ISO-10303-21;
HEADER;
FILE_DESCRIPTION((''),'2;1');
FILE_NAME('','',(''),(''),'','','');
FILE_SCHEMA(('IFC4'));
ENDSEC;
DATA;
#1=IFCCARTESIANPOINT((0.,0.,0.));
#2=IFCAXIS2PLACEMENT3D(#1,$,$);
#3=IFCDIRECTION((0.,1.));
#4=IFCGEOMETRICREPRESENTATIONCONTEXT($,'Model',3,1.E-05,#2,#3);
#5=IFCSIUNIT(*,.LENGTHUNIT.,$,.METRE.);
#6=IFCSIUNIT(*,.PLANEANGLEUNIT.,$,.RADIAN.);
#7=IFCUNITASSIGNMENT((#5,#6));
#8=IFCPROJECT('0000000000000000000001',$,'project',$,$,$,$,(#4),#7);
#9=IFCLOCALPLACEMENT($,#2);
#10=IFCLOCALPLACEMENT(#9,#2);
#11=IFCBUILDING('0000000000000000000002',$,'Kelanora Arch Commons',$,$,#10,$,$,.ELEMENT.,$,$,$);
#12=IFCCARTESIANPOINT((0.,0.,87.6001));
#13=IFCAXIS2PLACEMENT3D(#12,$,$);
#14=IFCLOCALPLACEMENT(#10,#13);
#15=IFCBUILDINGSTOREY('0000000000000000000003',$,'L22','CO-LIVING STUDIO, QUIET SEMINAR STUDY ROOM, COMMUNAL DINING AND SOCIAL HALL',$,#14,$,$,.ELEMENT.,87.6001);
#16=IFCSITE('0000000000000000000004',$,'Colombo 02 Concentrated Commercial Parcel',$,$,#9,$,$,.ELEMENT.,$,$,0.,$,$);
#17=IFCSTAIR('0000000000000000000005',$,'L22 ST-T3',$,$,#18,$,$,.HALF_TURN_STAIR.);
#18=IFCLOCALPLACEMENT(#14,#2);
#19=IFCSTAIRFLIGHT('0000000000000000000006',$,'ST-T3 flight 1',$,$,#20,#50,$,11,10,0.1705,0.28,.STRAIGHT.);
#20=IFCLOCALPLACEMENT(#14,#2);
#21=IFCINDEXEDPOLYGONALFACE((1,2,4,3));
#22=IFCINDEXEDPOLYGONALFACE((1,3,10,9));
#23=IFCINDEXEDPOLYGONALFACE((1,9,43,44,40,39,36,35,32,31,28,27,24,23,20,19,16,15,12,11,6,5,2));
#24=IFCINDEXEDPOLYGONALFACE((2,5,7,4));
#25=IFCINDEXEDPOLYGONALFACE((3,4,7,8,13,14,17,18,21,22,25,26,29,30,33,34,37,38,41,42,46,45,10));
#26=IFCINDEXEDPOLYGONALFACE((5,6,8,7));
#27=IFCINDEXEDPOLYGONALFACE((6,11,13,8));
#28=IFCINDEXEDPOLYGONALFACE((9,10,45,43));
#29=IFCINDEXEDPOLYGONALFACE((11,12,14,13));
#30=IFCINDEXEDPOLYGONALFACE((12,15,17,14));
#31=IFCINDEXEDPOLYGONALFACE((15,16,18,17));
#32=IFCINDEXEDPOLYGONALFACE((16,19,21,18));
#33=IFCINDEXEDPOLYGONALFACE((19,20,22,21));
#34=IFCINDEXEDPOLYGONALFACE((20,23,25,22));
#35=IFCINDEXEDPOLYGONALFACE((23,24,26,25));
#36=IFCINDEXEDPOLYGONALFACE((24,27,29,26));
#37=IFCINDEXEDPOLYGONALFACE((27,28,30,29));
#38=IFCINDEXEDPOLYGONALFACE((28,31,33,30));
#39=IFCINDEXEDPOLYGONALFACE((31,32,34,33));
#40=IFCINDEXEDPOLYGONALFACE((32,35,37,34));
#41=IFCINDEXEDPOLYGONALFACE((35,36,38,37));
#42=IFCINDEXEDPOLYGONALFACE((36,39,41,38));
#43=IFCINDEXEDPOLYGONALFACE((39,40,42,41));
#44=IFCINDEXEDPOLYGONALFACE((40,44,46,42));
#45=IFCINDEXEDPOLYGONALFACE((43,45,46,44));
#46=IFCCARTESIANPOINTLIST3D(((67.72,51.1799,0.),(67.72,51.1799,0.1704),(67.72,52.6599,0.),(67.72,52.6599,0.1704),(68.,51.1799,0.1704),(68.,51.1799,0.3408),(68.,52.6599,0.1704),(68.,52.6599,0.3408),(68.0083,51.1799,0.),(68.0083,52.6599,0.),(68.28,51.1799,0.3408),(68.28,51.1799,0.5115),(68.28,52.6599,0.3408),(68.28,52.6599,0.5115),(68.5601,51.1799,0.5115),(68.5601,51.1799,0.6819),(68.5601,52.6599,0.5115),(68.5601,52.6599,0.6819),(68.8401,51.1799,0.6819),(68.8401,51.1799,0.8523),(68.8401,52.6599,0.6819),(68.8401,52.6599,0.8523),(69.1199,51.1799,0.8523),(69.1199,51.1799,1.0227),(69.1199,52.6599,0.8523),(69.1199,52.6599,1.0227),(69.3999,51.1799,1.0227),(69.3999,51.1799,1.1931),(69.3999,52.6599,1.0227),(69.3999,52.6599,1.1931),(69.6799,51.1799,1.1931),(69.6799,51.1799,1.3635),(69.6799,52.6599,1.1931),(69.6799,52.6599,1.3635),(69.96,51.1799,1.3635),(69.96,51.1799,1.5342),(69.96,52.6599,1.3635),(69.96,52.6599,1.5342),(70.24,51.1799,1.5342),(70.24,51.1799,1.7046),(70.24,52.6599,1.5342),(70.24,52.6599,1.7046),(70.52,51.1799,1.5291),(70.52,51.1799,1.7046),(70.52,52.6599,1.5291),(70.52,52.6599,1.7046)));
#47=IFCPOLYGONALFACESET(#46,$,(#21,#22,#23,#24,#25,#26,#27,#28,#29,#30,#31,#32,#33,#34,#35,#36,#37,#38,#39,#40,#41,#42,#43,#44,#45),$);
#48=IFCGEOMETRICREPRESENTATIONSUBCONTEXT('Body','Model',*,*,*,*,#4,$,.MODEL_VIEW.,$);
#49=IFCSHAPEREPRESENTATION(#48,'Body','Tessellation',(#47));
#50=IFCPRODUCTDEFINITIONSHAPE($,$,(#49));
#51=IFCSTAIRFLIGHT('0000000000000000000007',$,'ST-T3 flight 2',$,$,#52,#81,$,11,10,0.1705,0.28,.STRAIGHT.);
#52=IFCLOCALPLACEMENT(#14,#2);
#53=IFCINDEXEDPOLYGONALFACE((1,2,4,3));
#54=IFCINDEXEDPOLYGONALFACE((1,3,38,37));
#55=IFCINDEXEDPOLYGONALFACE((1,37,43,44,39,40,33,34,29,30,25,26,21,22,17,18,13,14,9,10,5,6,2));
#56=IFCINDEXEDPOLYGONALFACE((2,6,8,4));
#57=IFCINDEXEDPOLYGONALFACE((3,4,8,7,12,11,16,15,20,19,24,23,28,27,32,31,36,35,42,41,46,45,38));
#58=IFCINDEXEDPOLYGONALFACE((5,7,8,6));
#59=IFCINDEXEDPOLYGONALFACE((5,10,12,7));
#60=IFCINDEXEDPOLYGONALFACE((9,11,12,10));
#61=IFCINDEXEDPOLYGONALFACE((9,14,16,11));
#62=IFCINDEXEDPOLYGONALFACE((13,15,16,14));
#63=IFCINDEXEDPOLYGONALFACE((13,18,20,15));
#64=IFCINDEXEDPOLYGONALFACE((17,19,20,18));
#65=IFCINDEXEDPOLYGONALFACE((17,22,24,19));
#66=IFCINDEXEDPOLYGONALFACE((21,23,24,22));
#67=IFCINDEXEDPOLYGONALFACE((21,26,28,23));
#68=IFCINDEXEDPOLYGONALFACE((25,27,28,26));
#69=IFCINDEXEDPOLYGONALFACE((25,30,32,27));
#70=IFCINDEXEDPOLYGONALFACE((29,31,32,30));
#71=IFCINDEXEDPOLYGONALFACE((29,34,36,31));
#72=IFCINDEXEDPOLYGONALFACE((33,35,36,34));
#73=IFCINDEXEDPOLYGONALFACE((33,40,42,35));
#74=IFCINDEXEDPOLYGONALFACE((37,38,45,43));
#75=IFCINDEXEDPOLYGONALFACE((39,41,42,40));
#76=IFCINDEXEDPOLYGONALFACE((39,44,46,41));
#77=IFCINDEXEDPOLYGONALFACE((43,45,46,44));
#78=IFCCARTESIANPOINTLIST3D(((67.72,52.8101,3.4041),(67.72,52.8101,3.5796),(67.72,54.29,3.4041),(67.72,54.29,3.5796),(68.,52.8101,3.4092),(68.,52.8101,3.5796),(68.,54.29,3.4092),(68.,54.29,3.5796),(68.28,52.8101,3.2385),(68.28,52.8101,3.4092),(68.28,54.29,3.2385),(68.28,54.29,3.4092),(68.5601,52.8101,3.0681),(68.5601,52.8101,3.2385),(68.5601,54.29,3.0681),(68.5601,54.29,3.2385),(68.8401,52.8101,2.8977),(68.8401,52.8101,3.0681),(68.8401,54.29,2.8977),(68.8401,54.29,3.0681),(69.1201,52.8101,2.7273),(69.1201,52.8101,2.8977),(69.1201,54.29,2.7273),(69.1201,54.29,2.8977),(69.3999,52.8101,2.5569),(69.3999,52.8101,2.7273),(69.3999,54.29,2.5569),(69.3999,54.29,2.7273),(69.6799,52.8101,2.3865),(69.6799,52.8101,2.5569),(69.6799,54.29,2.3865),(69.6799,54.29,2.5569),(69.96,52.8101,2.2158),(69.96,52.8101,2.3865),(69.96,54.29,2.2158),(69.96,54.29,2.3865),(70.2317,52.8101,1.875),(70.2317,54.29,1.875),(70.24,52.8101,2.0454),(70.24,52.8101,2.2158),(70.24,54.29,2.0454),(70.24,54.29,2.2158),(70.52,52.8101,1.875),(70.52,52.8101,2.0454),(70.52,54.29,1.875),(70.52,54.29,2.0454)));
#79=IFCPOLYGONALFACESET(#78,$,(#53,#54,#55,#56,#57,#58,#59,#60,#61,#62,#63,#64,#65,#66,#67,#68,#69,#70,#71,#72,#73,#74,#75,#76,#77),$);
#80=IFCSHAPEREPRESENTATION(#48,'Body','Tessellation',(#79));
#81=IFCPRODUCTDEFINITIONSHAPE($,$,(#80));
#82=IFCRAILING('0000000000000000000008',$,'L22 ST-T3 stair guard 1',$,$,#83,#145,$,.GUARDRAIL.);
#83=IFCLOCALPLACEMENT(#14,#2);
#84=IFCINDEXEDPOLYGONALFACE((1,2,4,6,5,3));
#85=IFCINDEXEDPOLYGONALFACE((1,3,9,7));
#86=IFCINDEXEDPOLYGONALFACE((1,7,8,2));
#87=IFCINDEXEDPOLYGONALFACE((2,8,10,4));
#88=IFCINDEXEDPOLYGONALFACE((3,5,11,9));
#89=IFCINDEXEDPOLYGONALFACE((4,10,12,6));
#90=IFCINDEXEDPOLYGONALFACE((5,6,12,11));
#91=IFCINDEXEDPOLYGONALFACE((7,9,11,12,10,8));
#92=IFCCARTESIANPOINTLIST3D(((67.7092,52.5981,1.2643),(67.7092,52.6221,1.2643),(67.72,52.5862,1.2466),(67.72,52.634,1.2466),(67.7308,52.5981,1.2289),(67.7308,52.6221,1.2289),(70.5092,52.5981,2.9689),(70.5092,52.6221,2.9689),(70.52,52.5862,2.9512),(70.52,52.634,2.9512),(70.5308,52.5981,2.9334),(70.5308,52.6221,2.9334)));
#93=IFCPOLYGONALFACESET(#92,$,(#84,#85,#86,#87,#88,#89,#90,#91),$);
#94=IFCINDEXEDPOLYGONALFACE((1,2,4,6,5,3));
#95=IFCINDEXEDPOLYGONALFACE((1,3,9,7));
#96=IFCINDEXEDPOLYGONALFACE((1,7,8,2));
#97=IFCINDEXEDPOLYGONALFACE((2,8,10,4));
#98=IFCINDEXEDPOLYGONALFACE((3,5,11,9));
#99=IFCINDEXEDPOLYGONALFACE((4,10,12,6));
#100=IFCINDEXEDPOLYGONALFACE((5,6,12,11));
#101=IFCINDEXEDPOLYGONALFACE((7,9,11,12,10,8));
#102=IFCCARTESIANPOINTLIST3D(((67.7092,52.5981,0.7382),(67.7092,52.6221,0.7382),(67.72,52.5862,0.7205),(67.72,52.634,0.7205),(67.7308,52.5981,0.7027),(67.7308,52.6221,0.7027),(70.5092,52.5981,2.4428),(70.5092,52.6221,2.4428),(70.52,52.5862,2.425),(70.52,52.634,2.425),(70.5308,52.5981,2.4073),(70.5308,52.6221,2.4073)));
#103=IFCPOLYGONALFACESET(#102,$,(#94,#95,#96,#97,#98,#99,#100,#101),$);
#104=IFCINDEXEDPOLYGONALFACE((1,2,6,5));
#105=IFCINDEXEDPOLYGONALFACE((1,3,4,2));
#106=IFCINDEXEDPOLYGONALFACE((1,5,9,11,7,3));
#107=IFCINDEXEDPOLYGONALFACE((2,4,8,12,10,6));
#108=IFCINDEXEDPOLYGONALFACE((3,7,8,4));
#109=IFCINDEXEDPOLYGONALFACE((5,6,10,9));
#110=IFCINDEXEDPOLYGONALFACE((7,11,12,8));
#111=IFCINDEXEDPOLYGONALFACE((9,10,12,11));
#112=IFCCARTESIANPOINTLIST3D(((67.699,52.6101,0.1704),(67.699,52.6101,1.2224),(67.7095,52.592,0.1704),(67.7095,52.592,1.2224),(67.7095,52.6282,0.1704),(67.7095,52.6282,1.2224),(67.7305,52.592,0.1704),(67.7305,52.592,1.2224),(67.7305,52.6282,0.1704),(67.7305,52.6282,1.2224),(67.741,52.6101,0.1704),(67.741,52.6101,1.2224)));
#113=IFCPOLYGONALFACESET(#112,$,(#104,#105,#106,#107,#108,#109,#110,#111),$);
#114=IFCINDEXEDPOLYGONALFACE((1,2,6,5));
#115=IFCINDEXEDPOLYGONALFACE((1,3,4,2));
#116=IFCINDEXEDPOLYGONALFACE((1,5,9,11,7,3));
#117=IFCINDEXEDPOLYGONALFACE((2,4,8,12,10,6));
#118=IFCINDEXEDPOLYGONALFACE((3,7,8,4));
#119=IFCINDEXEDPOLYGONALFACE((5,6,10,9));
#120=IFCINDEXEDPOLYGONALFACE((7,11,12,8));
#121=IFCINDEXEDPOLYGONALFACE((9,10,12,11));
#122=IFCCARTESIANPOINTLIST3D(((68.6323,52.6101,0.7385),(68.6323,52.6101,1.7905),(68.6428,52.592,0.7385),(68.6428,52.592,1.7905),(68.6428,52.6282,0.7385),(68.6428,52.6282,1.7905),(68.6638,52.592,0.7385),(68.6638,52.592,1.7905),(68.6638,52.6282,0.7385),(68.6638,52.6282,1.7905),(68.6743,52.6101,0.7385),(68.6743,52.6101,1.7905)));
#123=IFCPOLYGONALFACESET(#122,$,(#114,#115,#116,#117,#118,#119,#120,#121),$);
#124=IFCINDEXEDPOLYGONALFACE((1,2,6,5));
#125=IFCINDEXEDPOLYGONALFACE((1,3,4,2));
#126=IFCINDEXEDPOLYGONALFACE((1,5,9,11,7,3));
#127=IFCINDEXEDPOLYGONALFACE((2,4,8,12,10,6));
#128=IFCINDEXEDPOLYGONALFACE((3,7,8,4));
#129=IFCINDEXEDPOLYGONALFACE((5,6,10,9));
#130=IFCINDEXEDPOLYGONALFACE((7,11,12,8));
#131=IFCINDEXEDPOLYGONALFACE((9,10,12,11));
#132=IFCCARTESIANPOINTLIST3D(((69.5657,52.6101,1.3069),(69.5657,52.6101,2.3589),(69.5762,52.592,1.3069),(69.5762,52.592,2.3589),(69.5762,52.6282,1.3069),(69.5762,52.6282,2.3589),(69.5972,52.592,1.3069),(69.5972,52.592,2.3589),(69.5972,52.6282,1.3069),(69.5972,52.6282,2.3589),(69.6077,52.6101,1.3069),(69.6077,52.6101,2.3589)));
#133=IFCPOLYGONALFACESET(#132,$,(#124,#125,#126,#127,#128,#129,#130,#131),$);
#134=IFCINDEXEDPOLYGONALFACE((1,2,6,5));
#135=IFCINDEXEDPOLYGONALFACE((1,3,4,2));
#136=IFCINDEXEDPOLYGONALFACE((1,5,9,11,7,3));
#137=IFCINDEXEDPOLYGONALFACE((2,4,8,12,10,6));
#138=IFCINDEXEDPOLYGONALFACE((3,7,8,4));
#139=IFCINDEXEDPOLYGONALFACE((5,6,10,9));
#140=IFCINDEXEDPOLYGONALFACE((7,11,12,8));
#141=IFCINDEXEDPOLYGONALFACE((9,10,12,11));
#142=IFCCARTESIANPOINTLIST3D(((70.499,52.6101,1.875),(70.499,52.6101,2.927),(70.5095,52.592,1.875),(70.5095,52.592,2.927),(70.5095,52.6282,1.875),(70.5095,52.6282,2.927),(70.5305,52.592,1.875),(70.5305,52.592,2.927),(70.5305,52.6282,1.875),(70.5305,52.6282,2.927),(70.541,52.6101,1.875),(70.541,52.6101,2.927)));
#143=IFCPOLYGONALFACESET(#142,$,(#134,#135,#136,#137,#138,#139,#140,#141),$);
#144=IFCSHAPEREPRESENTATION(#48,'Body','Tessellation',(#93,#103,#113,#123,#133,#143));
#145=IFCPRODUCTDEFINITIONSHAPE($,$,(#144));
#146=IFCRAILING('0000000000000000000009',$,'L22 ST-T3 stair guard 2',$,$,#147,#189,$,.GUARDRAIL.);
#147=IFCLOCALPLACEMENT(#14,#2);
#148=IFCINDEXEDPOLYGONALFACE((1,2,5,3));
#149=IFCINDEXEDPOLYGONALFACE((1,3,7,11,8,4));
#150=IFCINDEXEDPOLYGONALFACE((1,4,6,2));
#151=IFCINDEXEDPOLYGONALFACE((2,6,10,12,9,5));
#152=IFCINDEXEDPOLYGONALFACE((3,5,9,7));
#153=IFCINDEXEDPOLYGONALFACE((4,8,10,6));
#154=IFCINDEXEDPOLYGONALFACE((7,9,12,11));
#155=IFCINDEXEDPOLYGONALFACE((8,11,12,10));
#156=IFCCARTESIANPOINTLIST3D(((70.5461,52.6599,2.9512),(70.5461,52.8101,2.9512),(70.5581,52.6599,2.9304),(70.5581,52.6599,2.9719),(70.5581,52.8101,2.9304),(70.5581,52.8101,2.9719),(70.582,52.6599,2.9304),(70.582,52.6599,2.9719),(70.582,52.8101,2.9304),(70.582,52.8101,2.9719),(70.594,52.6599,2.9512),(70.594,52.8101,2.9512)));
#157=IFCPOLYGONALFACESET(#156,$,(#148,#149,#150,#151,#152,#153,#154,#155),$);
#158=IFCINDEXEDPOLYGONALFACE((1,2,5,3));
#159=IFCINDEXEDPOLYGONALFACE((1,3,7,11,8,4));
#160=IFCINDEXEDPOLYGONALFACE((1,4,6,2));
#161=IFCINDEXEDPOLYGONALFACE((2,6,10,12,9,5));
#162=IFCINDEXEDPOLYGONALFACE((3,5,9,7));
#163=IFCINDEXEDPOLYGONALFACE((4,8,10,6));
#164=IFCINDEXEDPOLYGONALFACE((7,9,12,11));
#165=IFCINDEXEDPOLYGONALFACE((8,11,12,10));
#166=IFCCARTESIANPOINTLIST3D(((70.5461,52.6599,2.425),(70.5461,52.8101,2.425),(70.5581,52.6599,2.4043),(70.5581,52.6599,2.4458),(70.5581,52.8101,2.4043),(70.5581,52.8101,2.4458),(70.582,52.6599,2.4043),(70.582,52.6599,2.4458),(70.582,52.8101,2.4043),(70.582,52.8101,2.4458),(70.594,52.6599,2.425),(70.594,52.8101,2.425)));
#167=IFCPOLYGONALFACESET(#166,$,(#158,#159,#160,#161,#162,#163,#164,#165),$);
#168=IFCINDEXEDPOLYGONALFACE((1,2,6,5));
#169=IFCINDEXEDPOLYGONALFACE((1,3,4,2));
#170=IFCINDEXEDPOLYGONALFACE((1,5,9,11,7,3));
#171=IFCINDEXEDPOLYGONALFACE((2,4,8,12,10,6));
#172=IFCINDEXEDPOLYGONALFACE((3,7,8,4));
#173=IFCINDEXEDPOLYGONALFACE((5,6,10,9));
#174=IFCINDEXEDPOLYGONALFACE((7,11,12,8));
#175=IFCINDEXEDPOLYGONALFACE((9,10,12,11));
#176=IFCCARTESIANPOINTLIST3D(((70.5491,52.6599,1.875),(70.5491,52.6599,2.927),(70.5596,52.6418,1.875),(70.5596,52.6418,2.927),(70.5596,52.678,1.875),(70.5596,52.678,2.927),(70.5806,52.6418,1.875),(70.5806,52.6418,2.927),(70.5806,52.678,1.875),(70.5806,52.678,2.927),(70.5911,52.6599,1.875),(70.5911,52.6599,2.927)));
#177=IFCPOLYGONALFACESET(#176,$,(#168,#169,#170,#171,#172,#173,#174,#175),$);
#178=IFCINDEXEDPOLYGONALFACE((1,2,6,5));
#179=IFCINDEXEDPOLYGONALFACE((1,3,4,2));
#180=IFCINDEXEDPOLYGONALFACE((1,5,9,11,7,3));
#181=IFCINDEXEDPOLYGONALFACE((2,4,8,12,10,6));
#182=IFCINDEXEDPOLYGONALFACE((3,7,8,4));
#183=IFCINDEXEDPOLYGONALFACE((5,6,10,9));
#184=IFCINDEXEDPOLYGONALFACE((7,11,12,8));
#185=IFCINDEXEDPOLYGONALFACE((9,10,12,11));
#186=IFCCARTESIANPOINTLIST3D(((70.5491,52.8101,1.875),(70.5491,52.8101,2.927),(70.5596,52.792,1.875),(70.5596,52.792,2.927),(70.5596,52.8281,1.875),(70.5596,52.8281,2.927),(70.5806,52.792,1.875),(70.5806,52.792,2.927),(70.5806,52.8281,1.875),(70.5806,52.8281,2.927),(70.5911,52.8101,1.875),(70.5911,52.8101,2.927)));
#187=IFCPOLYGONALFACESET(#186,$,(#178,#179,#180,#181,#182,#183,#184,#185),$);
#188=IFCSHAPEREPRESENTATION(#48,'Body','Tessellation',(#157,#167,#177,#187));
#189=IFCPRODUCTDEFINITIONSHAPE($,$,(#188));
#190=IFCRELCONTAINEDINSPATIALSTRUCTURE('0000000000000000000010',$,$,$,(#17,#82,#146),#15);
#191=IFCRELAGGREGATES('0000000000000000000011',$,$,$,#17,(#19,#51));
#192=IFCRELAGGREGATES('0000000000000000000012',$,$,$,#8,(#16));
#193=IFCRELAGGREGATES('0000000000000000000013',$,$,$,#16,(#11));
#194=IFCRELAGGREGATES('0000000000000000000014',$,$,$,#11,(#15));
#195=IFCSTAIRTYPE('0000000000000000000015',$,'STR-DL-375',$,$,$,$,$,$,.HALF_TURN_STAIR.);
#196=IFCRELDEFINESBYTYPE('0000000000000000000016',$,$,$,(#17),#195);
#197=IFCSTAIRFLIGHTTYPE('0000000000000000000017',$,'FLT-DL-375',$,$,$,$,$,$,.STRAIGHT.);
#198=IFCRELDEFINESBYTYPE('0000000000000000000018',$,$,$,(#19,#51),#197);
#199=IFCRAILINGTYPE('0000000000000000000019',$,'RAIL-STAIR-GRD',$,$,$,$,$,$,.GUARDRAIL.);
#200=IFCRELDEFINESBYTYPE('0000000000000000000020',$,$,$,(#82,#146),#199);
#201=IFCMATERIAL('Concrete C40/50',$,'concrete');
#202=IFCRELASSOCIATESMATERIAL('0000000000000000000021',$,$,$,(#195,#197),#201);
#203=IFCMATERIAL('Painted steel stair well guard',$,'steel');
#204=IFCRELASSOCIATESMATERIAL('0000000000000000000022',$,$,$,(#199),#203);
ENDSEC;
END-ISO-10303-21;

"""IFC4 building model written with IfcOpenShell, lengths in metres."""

from ifc_helpers import new_model, si_unit, direction, frame, origin, place, context, subcontext, project, spatial, polyline, outline, extrude, material, type_object, element, aggregate, save


model = new_model("IFC4")

# Units and contexts
model_context = context("Model", 3, precision=1e-05, world=origin(), true_north=direction((0.0, 1.0)))
body_context = subcontext(model_context, "Body", "Model", "MODEL_VIEW")
ifc_project = project(units=[si_unit("LENGTHUNIT", "METRE"), si_unit("PLANEANGLEUNIT", "RADIAN")], contexts=[model_context])

# Site, building, storey
site_placement = place(None, origin())
site = spatial("IfcSite", under=ifc_project, at=site_placement, Name="Colombo 02 Concentrated Commercial Parcel", CompositionType="ELEMENT", RefElevation=0.0)
building_placement = place(site_placement, origin())
building = spatial("IfcBuilding", under=site, at=building_placement, Name="Kelanora Arch Commons", CompositionType="ELEMENT")
storey_placement = place(building_placement, frame((0.0, 0.0, 87.6001)))
storey = spatial("IfcBuildingStorey", under=building, at=storey_placement, Name="L22", Description="CO-LIVING STUDIO, QUIET SEMINAR STUDY ROOM, COMMUNAL DINING AND SOCIAL HALL", CompositionType="ELEMENT", Elevation=87.6001)

# Shared definitions
ifc_material_1 = material(Name="Concrete C40/50", Category="concrete")

# Stair, stair flights
stair_type = type_object("IfcStairType", Name="STR-DL-375", PredefinedType="HALF_TURN_STAIR", material=ifc_material_1)
stair_placement = place(storey_placement, origin())
stair = element("IfcStair", 1, at=stair_placement, inside=storey, type_object=stair_type, Name="L22 ST-T3", PredefinedType="HALF_TURN_STAIR")
stair_flight_type = type_object("IfcStairFlightType", Name="FLT-DL-375", PredefinedType="STRAIGHT", material=ifc_material_1)
stair_flight_1_placement = place(storey_placement, frame((67.72, 51.9199, 0.0), z_axis=(0.0, 0.0, 1.0), x_axis=(1.0, 0.0, 0.0)))
stair_flight_1 = element("IfcStairFlight", 2, at=stair_flight_1_placement, type_object=stair_flight_type, Name="ST-T3 flight 1", NumberOfRisers=11, NumberOfTreads=10, PredefinedType="STRAIGHT", RiserHeight=0.1705, TreadLength=0.28, context=body_context, shape_type="SweptSolid", body=[
    extrude(outline(polyline([(0.0, 0.0), (0.0, 0.1704), (0.28, 0.1704), (0.28, 0.3408), (0.5601, 0.3408), (0.5601, 0.5115), (0.8401, 0.5115), (0.8401, 0.6819), (1.1201, 0.6819), (1.1201, 0.8523), (1.3999, 0.8523), (1.3999, 1.0227), (1.6799, 1.0227), (1.6799, 1.1931), (1.96, 1.1931), (1.96, 1.3635), (2.24, 1.3635), (2.24, 1.5342), (2.52, 1.5342), (2.52, 1.7046), (2.8, 1.7046), (2.8, 1.875), (2.8, 1.5291), (0.2883, 0.0), (0.0, 0.0)])), frame((0.0, 0.74, 0.0), z_axis=(0.0, -1.0, 0.0), x_axis=(1.0, 0.0, 0.0)), (0.0, 0.0, 1.0), 1.48),
])
stair_flight_2_placement = place(storey_placement, frame((70.52, 53.55, 1.875), z_axis=(0.0, 0.0, 1.0), x_axis=(-1.0, 0.0, 0.0)))
stair_flight_2 = element("IfcStairFlight", 3, at=stair_flight_2_placement, type_object=stair_flight_type, Name="ST-T3 flight 2", NumberOfRisers=11, NumberOfTreads=10, PredefinedType="STRAIGHT", RiserHeight=0.1705, TreadLength=0.28, context=body_context, shape_type="SweptSolid", body=[
    extrude(outline(polyline([(0.0, 0.0), (0.0, 0.1704), (0.28, 0.1704), (0.28, 0.3408), (0.5601, 0.3408), (0.5601, 0.5115), (0.8401, 0.5115), (0.8401, 0.6819), (1.1201, 0.6819), (1.1201, 0.8523), (1.3999, 0.8523), (1.3999, 1.0227), (1.6799, 1.0227), (1.6799, 1.1931), (1.96, 1.1931), (1.96, 1.3635), (2.24, 1.3635), (2.24, 1.5342), (2.52, 1.5342), (2.52, 1.7046), (2.8, 1.7046), (2.8, 1.875), (2.8, 1.5291), (0.2883, 0.0), (0.0, 0.0)])), frame((0.0, 0.74, 0.0), z_axis=(0.0, -1.0, 0.0), x_axis=(1.0, 0.0, 0.0)), (0.0, 0.0, 1.0), 1.48),
])
aggregate(stair, [stair_flight_1, stair_flight_2])

# Railings
ifc_material_2 = material(Name="Painted steel stair well guard", Category="steel")
railing_type_1 = type_object("IfcRailingType", Name="RAIL-STAIR-GRD", PredefinedType="GUARDRAIL", material=ifc_material_2)
railing_1_placement = place(storey_placement, frame((67.72, 52.6101, 0.1704)))
element("IfcRailing", 4, at=railing_1_placement, inside=storey, type_object=railing_type_1, Name="L22 ST-T3 stair guard 1", PredefinedType="GUARDRAIL", context=body_context, shape_type="SweptSolid", body=[
    extrude(outline(polyline([(0.0239, 0.0), (0.012, 0.0208), (-0.012, 0.0208), (-0.0239, 0.0), (-0.012, -0.0208), (0.012, -0.0208), (0.0239, 0.0)])), frame((0.0, 0.0, 1.0762), z_axis=(0.85417, 0.0, 0.519994), x_axis=(0.0, 1.0, 0.0)), (0.0, 0.0, 1.0), 3.2781),
    extrude(outline(polyline([(0.0239, 0.0), (0.012, 0.0208), (-0.012, 0.0208), (-0.0239, 0.0), (-0.012, -0.0208), (0.012, -0.0208), (0.0239, 0.0)])), frame((0.0, 0.0, 0.55), z_axis=(0.85417, 0.0, 0.519994), x_axis=(0.0, 1.0, 0.0)), (0.0, 0.0, 1.0), 3.2781),
    extrude(outline(polyline([(0.021, 0.0), (0.0105, 0.0181), (-0.0105, 0.0181), (-0.021, 0.0), (-0.0105, -0.0181), (0.0105, -0.0181), (0.021, 0.0)])), origin(), (0.0, 0.0, 1.0), 1.052),
    extrude(outline(polyline([(0.021, 0.0), (0.0105, 0.0181), (-0.0105, 0.0181), (-0.021, 0.0), (-0.0105, -0.0181), (0.0105, -0.0181), (0.021, 0.0)])), frame((0.9333, 0.0, 0.5681)), (0.0, 0.0, 1.0), 1.052),
    extrude(outline(polyline([(0.021, 0.0), (0.0105, 0.0181), (-0.0105, 0.0181), (-0.021, 0.0), (-0.0105, -0.0181), (0.0105, -0.0181), (0.021, 0.0)])), frame((1.8667, 0.0, 1.1365)), (0.0, 0.0, 1.0), 1.052),
    extrude(outline(polyline([(0.021, 0.0), (0.0105, 0.0181), (-0.0105, 0.0181), (-0.021, 0.0), (-0.0105, -0.0181), (0.0105, -0.0181), (0.021, 0.0)])), frame((2.8, 0.0, 1.7046)), (0.0, 0.0, 1.0), 1.052),
])
railing_2_placement = place(storey_placement, frame((70.5701, 52.6599, 1.875)))
element("IfcRailing", 5, at=railing_2_placement, inside=storey, type_object=railing_type_1, Name="L22 ST-T3 stair guard 2", PredefinedType="GUARDRAIL", context=body_context, shape_type="SweptSolid", body=[
    extrude(outline(polyline([(0.0239, 0.0), (0.012, 0.0208), (-0.012, 0.0208), (-0.0239, 0.0), (-0.012, -0.0208), (0.012, -0.0208), (0.0239, 0.0)])), frame((0.0, 0.0, 1.0762), z_axis=(0.0, 1.0, 0.0), x_axis=(-1.0, 0.0, 0.0)), (0.0, 0.0, 1.0), 0.1501),
    extrude(outline(polyline([(0.0239, 0.0), (0.012, 0.0208), (-0.012, 0.0208), (-0.0239, 0.0), (-0.012, -0.0208), (0.012, -0.0208), (0.0239, 0.0)])), frame((0.0, 0.0, 0.55), z_axis=(0.0, 1.0, 0.0), x_axis=(-1.0, 0.0, 0.0)), (0.0, 0.0, 1.0), 0.1501),
    extrude(outline(polyline([(0.021, 0.0), (0.0105, 0.0181), (-0.0105, 0.0181), (-0.021, 0.0), (-0.0105, -0.0181), (0.0105, -0.0181), (0.021, 0.0)])), origin(), (0.0, 0.0, 1.0), 1.052),
    extrude(outline(polyline([(0.021, 0.0), (0.0105, 0.0181), (-0.0105, 0.0181), (-0.021, 0.0), (-0.0105, -0.0181), (0.0105, -0.0181), (0.021, 0.0)])), frame((0.0, 0.1501, 0.0)), (0.0, 0.0, 1.0), 1.052),
])

save(model, "model.ifc")
